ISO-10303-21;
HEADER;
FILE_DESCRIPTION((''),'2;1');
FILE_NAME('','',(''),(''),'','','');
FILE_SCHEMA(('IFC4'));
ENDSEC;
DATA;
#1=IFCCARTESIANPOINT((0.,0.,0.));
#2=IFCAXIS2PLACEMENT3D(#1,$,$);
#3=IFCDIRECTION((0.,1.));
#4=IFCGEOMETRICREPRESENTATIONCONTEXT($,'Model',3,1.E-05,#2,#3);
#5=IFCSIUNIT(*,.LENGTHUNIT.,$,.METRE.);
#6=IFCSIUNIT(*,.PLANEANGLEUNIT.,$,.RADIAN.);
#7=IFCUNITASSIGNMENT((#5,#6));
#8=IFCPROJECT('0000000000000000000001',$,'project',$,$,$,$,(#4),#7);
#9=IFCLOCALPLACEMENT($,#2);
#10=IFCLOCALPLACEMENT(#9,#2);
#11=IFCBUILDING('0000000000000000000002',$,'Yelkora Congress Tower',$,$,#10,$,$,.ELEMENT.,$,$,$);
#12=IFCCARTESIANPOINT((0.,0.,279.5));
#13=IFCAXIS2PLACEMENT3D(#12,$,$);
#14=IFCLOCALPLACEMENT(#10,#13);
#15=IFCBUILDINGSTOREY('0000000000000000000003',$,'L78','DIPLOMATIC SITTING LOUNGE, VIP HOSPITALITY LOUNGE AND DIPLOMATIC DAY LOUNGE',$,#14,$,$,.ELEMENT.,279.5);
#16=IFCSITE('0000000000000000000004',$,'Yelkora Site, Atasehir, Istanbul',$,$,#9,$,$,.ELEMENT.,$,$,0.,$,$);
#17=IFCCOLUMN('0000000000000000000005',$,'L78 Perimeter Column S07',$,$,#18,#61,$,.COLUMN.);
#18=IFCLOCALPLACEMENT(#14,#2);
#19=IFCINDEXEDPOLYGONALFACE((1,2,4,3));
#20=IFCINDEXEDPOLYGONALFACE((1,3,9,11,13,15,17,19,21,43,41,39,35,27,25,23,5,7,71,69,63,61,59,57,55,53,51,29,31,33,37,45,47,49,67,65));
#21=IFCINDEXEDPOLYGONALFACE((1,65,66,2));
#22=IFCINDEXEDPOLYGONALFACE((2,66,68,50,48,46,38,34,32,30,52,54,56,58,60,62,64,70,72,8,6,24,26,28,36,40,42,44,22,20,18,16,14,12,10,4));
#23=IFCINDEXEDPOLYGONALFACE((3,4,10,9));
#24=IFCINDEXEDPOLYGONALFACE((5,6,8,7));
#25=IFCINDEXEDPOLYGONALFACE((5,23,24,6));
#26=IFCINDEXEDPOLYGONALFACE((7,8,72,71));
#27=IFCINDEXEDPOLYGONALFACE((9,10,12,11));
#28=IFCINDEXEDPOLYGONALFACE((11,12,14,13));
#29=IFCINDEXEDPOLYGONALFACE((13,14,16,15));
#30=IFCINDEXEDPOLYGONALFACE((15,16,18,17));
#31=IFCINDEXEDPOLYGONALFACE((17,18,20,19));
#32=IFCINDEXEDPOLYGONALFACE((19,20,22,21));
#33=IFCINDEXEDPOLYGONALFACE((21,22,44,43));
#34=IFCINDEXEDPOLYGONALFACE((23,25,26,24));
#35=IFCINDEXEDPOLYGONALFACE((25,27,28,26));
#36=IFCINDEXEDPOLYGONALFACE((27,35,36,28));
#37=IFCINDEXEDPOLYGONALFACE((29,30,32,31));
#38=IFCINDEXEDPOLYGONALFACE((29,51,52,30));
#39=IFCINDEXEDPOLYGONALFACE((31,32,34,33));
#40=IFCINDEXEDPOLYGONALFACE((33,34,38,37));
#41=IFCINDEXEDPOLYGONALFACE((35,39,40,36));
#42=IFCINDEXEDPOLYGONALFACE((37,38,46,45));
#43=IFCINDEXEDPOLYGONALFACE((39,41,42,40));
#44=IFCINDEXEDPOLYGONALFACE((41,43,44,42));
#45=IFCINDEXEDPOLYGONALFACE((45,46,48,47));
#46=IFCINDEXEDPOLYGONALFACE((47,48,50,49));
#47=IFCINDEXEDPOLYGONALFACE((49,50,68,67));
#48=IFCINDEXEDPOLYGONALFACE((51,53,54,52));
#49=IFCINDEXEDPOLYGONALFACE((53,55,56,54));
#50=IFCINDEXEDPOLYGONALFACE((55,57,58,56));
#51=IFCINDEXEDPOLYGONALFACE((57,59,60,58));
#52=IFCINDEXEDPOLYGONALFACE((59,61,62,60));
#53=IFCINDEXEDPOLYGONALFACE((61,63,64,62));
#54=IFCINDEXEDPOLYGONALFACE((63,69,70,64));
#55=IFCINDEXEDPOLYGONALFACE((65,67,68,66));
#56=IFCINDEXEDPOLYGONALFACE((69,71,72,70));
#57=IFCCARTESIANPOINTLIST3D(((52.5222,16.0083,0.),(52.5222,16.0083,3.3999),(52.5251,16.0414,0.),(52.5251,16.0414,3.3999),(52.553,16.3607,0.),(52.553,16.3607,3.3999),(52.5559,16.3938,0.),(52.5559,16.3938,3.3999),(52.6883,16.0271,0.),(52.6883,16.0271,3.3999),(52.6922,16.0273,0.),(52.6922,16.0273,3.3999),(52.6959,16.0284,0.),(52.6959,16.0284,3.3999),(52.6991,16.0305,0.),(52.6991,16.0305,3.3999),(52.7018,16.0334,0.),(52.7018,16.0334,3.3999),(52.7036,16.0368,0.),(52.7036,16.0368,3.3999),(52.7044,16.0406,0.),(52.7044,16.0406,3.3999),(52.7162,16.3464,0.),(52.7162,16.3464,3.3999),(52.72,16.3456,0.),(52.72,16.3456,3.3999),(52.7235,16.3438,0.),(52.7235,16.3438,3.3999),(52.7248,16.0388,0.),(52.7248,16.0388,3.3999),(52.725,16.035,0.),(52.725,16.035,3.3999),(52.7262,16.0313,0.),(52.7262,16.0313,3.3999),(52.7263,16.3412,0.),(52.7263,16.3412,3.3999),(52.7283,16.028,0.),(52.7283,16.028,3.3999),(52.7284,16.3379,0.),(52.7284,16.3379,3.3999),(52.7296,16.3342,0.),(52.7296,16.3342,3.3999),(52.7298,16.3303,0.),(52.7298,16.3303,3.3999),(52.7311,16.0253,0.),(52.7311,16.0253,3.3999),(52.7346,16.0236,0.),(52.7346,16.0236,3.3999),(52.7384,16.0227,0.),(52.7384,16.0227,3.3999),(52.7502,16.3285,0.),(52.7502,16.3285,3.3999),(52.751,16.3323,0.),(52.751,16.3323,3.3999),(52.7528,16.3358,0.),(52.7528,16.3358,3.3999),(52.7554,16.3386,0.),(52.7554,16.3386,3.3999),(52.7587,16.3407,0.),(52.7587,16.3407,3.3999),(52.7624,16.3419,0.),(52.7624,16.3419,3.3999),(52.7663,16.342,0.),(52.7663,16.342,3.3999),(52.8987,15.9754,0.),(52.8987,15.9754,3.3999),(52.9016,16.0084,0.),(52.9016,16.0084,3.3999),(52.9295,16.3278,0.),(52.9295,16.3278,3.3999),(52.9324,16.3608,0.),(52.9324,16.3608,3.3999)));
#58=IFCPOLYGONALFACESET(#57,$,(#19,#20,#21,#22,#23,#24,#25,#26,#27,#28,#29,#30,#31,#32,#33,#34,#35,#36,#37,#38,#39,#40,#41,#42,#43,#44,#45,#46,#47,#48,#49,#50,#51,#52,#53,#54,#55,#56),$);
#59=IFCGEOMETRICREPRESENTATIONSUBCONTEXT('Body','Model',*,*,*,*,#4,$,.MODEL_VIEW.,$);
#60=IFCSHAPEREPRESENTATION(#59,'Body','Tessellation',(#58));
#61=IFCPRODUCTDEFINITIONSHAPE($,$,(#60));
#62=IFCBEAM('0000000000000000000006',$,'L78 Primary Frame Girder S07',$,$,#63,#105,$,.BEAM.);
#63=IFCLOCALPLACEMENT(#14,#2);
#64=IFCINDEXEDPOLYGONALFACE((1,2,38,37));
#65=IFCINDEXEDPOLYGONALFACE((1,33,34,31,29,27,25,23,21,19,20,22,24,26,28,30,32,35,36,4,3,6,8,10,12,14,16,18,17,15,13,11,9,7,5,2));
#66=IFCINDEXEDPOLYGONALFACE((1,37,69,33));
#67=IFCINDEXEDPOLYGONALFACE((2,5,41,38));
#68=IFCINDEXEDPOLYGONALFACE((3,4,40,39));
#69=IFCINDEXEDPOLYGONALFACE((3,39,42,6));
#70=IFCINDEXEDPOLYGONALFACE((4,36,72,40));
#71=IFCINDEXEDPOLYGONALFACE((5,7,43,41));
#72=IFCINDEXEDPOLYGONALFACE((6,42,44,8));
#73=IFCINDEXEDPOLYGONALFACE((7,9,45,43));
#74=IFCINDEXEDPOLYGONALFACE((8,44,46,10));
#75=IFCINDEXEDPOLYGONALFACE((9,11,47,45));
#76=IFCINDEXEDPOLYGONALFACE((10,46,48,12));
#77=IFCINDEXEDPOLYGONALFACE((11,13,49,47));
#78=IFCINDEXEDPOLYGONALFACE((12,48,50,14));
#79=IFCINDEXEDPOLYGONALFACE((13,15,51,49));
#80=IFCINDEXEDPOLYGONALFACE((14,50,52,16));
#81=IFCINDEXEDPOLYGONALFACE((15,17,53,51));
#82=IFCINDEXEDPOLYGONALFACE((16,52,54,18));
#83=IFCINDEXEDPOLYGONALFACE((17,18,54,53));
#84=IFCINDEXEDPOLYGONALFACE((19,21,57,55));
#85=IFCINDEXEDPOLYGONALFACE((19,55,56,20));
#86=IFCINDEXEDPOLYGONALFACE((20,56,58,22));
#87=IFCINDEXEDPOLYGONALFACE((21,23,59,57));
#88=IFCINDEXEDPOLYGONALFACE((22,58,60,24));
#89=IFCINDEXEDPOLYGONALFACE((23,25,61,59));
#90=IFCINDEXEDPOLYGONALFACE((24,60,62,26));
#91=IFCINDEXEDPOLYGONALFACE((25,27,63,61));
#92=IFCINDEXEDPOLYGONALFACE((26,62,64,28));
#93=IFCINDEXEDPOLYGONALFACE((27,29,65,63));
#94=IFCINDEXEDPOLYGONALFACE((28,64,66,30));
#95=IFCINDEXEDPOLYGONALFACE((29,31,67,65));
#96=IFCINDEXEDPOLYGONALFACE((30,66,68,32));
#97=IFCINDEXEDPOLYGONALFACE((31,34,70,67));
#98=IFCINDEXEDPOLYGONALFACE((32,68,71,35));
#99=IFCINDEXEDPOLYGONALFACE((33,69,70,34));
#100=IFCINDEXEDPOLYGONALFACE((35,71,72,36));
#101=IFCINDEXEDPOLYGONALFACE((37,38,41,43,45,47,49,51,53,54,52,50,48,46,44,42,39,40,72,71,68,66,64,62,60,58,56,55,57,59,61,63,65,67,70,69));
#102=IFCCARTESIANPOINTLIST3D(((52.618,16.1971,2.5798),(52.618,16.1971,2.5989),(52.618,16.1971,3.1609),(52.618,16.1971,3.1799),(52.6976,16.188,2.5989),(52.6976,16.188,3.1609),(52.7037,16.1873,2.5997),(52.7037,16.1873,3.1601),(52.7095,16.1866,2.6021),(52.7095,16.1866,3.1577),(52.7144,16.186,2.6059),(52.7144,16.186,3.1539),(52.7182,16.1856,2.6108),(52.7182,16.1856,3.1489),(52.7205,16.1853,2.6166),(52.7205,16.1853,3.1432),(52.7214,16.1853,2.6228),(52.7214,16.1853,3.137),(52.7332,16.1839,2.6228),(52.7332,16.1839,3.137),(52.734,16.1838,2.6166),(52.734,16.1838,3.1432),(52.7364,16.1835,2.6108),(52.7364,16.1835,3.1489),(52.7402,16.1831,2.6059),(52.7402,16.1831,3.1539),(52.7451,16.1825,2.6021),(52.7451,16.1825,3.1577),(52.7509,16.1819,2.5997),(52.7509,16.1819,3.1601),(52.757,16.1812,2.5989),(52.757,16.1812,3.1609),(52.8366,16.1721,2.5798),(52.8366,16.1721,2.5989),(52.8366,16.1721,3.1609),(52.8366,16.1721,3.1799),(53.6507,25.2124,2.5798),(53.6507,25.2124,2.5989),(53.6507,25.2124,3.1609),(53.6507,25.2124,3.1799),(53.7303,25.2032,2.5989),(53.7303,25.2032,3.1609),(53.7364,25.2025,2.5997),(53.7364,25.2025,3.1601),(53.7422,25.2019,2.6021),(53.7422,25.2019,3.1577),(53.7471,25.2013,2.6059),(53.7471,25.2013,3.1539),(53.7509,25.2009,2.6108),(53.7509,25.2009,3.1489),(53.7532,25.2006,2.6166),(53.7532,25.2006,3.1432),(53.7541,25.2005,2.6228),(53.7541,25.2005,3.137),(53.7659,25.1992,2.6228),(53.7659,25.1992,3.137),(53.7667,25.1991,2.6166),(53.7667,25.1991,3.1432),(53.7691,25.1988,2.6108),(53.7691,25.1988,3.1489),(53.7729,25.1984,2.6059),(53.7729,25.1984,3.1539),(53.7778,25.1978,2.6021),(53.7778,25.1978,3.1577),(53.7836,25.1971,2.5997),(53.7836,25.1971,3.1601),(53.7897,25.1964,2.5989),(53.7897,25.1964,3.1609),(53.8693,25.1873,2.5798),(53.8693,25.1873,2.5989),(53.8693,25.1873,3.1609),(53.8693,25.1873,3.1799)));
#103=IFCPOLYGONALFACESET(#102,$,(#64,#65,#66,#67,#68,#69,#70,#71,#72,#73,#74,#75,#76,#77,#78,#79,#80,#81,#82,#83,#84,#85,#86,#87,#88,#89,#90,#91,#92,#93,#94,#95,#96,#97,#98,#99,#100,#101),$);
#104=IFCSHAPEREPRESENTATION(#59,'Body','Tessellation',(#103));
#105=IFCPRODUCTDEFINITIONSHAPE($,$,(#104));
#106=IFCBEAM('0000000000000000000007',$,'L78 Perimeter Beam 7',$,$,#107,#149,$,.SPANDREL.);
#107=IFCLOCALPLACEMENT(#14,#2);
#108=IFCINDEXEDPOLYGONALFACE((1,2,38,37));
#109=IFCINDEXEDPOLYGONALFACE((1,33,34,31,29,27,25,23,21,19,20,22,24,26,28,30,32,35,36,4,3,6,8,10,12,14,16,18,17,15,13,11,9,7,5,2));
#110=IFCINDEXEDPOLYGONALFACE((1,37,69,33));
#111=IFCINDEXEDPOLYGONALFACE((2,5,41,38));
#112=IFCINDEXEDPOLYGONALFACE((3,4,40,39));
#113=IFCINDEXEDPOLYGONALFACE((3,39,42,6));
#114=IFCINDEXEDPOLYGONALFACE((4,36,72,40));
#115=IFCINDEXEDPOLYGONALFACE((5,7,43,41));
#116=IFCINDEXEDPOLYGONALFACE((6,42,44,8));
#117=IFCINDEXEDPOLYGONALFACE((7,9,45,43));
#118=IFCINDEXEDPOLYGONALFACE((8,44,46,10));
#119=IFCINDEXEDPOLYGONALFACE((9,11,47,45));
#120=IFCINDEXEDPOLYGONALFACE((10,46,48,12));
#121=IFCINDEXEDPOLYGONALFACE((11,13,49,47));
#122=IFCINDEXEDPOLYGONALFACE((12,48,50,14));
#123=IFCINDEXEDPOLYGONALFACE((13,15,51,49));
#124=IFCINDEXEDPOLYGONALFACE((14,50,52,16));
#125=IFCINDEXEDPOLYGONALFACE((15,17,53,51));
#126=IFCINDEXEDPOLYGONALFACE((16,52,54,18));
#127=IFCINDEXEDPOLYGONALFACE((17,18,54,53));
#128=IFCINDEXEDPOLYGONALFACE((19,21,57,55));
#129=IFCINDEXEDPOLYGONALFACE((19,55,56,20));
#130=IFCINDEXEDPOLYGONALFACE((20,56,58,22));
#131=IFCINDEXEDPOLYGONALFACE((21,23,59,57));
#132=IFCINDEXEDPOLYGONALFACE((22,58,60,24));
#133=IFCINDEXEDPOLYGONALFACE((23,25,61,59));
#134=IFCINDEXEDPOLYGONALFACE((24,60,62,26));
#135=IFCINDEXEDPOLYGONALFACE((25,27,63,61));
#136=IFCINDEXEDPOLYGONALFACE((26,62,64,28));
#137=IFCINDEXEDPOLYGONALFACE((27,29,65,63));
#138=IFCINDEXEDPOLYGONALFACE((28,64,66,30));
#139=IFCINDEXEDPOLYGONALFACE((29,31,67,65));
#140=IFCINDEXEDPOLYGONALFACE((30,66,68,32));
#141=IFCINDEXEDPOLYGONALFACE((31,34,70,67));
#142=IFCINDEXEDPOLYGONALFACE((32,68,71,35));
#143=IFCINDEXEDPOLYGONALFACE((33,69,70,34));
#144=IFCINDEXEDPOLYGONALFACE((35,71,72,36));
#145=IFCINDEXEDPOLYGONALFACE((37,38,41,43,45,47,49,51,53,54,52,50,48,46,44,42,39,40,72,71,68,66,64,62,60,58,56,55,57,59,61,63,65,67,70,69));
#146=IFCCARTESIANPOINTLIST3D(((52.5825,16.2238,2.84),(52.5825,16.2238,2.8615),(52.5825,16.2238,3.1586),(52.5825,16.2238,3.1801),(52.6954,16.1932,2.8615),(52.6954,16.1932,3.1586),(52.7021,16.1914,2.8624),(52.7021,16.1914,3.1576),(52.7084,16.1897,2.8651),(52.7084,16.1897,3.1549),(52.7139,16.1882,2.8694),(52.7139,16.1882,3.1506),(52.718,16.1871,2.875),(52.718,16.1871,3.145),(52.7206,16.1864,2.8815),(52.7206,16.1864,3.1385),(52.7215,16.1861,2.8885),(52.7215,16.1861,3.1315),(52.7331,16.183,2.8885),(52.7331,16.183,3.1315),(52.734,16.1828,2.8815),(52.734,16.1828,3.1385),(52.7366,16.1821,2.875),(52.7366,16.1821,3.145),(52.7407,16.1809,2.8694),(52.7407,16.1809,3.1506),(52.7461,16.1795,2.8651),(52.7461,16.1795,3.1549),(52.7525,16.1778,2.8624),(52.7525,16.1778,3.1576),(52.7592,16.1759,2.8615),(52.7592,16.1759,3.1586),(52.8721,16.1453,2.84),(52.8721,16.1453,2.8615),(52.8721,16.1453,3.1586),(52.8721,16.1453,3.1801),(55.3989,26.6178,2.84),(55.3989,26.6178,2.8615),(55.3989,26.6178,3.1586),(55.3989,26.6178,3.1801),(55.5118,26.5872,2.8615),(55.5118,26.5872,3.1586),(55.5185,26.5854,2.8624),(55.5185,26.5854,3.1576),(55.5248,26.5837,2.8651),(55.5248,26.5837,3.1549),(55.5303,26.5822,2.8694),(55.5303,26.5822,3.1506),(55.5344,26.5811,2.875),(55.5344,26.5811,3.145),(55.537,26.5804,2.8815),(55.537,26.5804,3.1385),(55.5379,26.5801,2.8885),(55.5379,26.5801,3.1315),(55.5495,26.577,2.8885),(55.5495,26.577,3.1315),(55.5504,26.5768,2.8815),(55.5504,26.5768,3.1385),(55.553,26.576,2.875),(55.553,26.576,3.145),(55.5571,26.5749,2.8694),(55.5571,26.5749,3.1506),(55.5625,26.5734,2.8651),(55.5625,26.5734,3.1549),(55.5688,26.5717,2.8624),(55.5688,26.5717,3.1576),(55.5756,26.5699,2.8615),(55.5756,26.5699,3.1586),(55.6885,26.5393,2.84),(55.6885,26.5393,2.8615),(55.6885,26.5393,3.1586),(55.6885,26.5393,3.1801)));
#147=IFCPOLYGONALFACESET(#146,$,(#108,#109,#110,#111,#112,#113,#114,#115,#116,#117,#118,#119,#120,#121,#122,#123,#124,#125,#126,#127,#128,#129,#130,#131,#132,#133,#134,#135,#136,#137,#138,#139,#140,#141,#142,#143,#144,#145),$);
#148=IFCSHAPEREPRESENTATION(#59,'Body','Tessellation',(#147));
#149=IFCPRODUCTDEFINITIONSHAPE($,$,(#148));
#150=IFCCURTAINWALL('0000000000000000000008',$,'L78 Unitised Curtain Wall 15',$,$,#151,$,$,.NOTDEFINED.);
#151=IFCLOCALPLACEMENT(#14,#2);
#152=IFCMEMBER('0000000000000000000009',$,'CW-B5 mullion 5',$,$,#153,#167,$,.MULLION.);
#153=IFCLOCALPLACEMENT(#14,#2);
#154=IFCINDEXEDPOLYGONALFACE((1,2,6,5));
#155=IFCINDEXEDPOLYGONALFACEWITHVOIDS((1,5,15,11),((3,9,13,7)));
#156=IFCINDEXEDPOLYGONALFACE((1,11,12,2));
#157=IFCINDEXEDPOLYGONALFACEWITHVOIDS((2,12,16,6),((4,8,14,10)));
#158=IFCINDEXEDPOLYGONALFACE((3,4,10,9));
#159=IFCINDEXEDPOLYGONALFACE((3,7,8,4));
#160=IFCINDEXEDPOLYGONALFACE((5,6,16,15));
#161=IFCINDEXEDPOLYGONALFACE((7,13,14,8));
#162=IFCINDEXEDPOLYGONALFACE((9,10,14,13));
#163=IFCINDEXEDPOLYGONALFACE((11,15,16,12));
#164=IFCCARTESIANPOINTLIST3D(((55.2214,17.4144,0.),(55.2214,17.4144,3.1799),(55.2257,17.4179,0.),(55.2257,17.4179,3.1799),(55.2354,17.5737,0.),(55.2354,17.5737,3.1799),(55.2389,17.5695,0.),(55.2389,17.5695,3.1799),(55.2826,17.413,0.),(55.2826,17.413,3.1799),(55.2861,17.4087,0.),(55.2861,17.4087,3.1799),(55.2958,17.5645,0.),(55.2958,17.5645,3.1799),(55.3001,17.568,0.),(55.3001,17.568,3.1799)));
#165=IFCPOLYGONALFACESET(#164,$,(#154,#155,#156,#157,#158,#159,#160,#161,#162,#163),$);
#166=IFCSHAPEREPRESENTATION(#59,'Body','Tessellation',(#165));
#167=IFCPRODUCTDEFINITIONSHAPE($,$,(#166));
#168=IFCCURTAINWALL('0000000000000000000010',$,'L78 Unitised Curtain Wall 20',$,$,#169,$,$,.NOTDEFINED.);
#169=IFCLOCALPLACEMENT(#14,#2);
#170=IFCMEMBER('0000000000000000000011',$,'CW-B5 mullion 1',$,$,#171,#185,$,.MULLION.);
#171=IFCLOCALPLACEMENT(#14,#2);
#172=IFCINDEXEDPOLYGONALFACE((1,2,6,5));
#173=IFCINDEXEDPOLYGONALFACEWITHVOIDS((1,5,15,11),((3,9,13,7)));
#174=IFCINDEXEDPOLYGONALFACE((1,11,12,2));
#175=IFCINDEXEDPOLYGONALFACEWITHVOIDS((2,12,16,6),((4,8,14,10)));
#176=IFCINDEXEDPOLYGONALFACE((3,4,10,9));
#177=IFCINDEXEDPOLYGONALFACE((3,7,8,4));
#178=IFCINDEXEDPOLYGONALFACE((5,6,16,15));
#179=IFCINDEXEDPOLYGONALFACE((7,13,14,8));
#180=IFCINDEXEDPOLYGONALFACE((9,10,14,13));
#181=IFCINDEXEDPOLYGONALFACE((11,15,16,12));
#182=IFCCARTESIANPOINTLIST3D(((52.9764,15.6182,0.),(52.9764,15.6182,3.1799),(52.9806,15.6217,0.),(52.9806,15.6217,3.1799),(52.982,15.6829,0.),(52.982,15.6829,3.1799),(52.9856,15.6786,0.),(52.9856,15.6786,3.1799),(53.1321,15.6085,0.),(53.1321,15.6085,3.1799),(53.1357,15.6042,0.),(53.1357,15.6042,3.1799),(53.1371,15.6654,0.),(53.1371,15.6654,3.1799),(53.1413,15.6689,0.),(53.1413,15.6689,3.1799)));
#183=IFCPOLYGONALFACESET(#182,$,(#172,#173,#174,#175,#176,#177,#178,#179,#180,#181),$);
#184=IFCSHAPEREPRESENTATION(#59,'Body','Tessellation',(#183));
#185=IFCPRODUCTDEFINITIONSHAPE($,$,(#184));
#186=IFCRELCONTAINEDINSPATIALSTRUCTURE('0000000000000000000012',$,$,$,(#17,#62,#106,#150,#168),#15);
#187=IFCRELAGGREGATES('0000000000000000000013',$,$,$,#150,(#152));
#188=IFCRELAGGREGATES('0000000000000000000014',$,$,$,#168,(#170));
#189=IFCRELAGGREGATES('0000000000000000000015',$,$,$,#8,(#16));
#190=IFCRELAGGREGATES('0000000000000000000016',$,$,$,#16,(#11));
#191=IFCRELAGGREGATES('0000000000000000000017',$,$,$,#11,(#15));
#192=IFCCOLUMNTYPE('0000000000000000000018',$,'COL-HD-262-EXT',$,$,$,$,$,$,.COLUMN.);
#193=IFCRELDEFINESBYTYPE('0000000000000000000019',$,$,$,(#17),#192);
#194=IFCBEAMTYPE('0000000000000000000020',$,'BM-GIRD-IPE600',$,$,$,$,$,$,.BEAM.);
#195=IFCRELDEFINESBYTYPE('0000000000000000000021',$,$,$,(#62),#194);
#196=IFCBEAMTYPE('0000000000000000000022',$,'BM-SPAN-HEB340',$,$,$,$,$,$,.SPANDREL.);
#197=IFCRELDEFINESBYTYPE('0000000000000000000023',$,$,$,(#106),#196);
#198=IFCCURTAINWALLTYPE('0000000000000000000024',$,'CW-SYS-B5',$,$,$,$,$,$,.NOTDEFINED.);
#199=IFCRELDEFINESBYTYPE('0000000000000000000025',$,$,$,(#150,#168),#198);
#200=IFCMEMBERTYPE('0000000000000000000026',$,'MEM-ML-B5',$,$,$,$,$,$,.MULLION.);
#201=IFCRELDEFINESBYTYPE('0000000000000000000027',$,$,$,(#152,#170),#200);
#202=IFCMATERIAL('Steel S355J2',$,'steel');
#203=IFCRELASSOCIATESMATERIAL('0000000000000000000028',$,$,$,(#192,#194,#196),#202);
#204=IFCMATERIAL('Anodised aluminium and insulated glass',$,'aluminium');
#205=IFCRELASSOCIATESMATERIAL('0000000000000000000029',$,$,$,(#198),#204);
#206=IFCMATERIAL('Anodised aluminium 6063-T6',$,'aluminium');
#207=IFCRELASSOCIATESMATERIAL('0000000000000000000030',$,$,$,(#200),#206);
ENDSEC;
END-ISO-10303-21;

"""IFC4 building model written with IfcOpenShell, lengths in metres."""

from ifc_helpers import new_model, si_unit, direction, frame, origin, origin_2d, place, context, subcontext, project, spatial, hollow_rectangle, i_section, extrude, material, material_profile, profile_set, type_object, element, aggregate, save


model = new_model("IFC4")

# Units and contexts
model_context = context("Model", 3, precision=1e-05, world=origin(), true_north=direction((0.0, 1.0)))
body_context = subcontext(model_context, "Body", "Model", "MODEL_VIEW")
ifc_project = project(units=[si_unit("LENGTHUNIT", "METRE"), si_unit("PLANEANGLEUNIT", "RADIAN")], contexts=[model_context])

# Site, building, storey
site_placement = place(None, origin())
site = spatial("IfcSite", under=ifc_project, at=site_placement, Name="Yelkora Site, Atasehir, Istanbul", CompositionType="ELEMENT", RefElevation=0.0)
building_placement = place(site_placement, origin())
building = spatial("IfcBuilding", under=site, at=building_placement, Name="Yelkora Congress Tower", CompositionType="ELEMENT")
storey_placement = place(building_placement, frame((0.0, 0.0, 279.5)))
storey = spatial("IfcBuildingStorey", under=building, at=storey_placement, Name="L78", Description="DIPLOMATIC SITTING LOUNGE, VIP HOSPITALITY LOUNGE AND DIPLOMATIC DAY LOUNGE", CompositionType="ELEMENT", Elevation=279.5)

# Column
ifc_material_1 = material(Name="Steel S355J2", Category="steel")
ifc_material_profile_1 = material_profile(ifc_material_1, i_section(OverallWidth=0.3779, OverallDepth=0.387, WebThickness=0.0205, FlangeThickness=0.0332, FilletRadius=0.0149, at=origin_2d()), Name="HD 360x262")
ifc_profile_set_1 = profile_set([ifc_material_profile_1], Name="Steel S355J2")
column_type = type_object("IfcColumnType", Name="COL-HD-262-EXT", PredefinedType="COLUMN", material=ifc_profile_set_1)
column_placement = place(storey_placement, frame((52.7273, 16.1846, 0.0), z_axis=(0.0, 0.0, 1.0), x_axis=(0.996195, -0.087156, 0.0)))
element("IfcColumn", 1, at=column_placement, inside=storey, type_object=column_type, Name="L78 Perimeter Column S07", PredefinedType="COLUMN", context=body_context, shape_type="SweptSolid", body=[
    extrude(i_section(OverallWidth=0.3779, OverallDepth=0.387, WebThickness=0.0205, FlangeThickness=0.0332, FilletRadius=0.0149, at=origin_2d()), origin(), (0.0, 0.0, 1.0), 3.3999),
])

# Beams
ifc_material_profile_2 = material_profile(ifc_material_1, i_section(OverallWidth=0.22, OverallDepth=0.6001, WebThickness=0.012, FlangeThickness=0.019, FilletRadius=0.0239, at=origin_2d()), Name="IPE 600")
ifc_profile_set_2 = profile_set([ifc_material_profile_2], Name="Steel S355J2")
beam_type_1 = type_object("IfcBeamType", Name="BM-GIRD-IPE600", PredefinedType="BEAM", material=ifc_profile_set_2)
beam_1_placement = place(storey_placement, frame((52.7273, 16.1846, 2.8799), z_axis=(0.113806, 0.993503, 0.0), x_axis=(-0.993503, 0.113806, 0.0)))
element("IfcBeam", 2, at=beam_1_placement, inside=storey, type_object=beam_type_1, Name="L78 Primary Frame Girder S07", PredefinedType="BEAM", context=body_context, shape_type="SweptSolid", body=[
    extrude(i_section(OverallWidth=0.22, OverallDepth=0.6001, WebThickness=0.012, FlangeThickness=0.019, FilletRadius=0.0239, at=origin_2d()), origin(), (0.0, 0.0, 1.0), 9.0742),
])
ifc_material_profile_3 = material_profile(ifc_material_1, i_section(OverallWidth=0.3, OverallDepth=0.3401, WebThickness=0.012, FlangeThickness=0.0215, FilletRadius=0.0271, at=origin_2d()), Name="HEB 340")
ifc_profile_set_3 = profile_set([ifc_material_profile_3], Name="Steel S355J2")
beam_type_2 = type_object("IfcBeamType", Name="BM-SPAN-HEB340", PredefinedType="SPANDREL", material=ifc_profile_set_3)
beam_2_placement = place(storey_placement, frame((52.7273, 16.1846, 3.01), z_axis=(0.261533, 0.965195, 0.0), x_axis=(-0.965195, 0.261533, 0.0)))
element("IfcBeam", 3, at=beam_2_placement, inside=storey, type_object=beam_type_2, Name="L78 Perimeter Beam 7", PredefinedType="SPANDREL", context=body_context, shape_type="SweptSolid", body=[
    extrude(i_section(OverallWidth=0.3, OverallDepth=0.3401, WebThickness=0.012, FlangeThickness=0.0215, FilletRadius=0.0271, at=origin_2d()), origin(), (0.0, 0.0, 1.0), 10.7688),
])

# Curtain wall, member
ifc_material_2 = material(Name="Anodised aluminium and insulated glass", Category="aluminium")
curtain_wall_type = type_object("IfcCurtainWallType", Name="CW-SYS-B5", PredefinedType="NOTDEFINED", material=ifc_material_2)
curtain_wall_1_placement = place(storey_placement, origin())
curtain_wall_1 = element("IfcCurtainWall", 4, at=curtain_wall_1_placement, inside=storey, type_object=curtain_wall_type, Name="L78 Unitised Curtain Wall 15", PredefinedType="NOTDEFINED")
ifc_material_3 = material(Name="Anodised aluminium 6063-T6", Category="aluminium")
ifc_material_profile_4 = material_profile(ifc_material_3, hollow_rectangle(XDim=0.0649, YDim=0.1599, WallThickness=0.0039, at=origin_2d()), Name="ALU 65x160x4")
ifc_profile_set_4 = profile_set([ifc_material_profile_4], Name="Anodised aluminium 6063-T6")
member_type_1 = type_object("IfcMemberType", Name="MEM-ML-B5", PredefinedType="MULLION", material=ifc_profile_set_4)
member_1_placement = place(storey_placement, frame((55.2607, 17.4912, 0.0), z_axis=(0.0, 0.0, 1.0), x_axis=(0.996194, -0.087158, 0.0)))
member_1 = element("IfcMember", 5, at=member_1_placement, type_object=member_type_1, Name="CW-B5 mullion 5", PredefinedType="MULLION", context=body_context, shape_type="SweptSolid", body=[
    extrude(hollow_rectangle(XDim=0.0649, YDim=0.1599, WallThickness=0.0039, at=origin_2d()), origin(), (0.0, 0.0, 1.0), 3.1799),
])
aggregate(curtain_wall_1, [member_1])

# Curtain wall, member
curtain_wall_2_placement = place(storey_placement, origin())
curtain_wall_2 = element("IfcCurtainWall", 6, at=curtain_wall_2_placement, inside=storey, type_object=curtain_wall_type, Name="L78 Unitised Curtain Wall 20", PredefinedType="NOTDEFINED")
member_2_placement = place(storey_placement, frame((53.0588, 15.6436, 0.0), z_axis=(0.0, 0.0, 1.0), x_axis=(-0.087157, -0.996195, 0.0)))
member_2 = element("IfcMember", 7, at=member_2_placement, type_object=member_type_1, Name="CW-B5 mullion 1", PredefinedType="MULLION", context=body_context, shape_type="SweptSolid", body=[
    extrude(hollow_rectangle(XDim=0.0649, YDim=0.1599, WallThickness=0.0039, at=origin_2d()), origin(), (0.0, 0.0, 1.0), 3.1799),
])
aggregate(curtain_wall_2, [member_2])

save(model, "model.ifc")
